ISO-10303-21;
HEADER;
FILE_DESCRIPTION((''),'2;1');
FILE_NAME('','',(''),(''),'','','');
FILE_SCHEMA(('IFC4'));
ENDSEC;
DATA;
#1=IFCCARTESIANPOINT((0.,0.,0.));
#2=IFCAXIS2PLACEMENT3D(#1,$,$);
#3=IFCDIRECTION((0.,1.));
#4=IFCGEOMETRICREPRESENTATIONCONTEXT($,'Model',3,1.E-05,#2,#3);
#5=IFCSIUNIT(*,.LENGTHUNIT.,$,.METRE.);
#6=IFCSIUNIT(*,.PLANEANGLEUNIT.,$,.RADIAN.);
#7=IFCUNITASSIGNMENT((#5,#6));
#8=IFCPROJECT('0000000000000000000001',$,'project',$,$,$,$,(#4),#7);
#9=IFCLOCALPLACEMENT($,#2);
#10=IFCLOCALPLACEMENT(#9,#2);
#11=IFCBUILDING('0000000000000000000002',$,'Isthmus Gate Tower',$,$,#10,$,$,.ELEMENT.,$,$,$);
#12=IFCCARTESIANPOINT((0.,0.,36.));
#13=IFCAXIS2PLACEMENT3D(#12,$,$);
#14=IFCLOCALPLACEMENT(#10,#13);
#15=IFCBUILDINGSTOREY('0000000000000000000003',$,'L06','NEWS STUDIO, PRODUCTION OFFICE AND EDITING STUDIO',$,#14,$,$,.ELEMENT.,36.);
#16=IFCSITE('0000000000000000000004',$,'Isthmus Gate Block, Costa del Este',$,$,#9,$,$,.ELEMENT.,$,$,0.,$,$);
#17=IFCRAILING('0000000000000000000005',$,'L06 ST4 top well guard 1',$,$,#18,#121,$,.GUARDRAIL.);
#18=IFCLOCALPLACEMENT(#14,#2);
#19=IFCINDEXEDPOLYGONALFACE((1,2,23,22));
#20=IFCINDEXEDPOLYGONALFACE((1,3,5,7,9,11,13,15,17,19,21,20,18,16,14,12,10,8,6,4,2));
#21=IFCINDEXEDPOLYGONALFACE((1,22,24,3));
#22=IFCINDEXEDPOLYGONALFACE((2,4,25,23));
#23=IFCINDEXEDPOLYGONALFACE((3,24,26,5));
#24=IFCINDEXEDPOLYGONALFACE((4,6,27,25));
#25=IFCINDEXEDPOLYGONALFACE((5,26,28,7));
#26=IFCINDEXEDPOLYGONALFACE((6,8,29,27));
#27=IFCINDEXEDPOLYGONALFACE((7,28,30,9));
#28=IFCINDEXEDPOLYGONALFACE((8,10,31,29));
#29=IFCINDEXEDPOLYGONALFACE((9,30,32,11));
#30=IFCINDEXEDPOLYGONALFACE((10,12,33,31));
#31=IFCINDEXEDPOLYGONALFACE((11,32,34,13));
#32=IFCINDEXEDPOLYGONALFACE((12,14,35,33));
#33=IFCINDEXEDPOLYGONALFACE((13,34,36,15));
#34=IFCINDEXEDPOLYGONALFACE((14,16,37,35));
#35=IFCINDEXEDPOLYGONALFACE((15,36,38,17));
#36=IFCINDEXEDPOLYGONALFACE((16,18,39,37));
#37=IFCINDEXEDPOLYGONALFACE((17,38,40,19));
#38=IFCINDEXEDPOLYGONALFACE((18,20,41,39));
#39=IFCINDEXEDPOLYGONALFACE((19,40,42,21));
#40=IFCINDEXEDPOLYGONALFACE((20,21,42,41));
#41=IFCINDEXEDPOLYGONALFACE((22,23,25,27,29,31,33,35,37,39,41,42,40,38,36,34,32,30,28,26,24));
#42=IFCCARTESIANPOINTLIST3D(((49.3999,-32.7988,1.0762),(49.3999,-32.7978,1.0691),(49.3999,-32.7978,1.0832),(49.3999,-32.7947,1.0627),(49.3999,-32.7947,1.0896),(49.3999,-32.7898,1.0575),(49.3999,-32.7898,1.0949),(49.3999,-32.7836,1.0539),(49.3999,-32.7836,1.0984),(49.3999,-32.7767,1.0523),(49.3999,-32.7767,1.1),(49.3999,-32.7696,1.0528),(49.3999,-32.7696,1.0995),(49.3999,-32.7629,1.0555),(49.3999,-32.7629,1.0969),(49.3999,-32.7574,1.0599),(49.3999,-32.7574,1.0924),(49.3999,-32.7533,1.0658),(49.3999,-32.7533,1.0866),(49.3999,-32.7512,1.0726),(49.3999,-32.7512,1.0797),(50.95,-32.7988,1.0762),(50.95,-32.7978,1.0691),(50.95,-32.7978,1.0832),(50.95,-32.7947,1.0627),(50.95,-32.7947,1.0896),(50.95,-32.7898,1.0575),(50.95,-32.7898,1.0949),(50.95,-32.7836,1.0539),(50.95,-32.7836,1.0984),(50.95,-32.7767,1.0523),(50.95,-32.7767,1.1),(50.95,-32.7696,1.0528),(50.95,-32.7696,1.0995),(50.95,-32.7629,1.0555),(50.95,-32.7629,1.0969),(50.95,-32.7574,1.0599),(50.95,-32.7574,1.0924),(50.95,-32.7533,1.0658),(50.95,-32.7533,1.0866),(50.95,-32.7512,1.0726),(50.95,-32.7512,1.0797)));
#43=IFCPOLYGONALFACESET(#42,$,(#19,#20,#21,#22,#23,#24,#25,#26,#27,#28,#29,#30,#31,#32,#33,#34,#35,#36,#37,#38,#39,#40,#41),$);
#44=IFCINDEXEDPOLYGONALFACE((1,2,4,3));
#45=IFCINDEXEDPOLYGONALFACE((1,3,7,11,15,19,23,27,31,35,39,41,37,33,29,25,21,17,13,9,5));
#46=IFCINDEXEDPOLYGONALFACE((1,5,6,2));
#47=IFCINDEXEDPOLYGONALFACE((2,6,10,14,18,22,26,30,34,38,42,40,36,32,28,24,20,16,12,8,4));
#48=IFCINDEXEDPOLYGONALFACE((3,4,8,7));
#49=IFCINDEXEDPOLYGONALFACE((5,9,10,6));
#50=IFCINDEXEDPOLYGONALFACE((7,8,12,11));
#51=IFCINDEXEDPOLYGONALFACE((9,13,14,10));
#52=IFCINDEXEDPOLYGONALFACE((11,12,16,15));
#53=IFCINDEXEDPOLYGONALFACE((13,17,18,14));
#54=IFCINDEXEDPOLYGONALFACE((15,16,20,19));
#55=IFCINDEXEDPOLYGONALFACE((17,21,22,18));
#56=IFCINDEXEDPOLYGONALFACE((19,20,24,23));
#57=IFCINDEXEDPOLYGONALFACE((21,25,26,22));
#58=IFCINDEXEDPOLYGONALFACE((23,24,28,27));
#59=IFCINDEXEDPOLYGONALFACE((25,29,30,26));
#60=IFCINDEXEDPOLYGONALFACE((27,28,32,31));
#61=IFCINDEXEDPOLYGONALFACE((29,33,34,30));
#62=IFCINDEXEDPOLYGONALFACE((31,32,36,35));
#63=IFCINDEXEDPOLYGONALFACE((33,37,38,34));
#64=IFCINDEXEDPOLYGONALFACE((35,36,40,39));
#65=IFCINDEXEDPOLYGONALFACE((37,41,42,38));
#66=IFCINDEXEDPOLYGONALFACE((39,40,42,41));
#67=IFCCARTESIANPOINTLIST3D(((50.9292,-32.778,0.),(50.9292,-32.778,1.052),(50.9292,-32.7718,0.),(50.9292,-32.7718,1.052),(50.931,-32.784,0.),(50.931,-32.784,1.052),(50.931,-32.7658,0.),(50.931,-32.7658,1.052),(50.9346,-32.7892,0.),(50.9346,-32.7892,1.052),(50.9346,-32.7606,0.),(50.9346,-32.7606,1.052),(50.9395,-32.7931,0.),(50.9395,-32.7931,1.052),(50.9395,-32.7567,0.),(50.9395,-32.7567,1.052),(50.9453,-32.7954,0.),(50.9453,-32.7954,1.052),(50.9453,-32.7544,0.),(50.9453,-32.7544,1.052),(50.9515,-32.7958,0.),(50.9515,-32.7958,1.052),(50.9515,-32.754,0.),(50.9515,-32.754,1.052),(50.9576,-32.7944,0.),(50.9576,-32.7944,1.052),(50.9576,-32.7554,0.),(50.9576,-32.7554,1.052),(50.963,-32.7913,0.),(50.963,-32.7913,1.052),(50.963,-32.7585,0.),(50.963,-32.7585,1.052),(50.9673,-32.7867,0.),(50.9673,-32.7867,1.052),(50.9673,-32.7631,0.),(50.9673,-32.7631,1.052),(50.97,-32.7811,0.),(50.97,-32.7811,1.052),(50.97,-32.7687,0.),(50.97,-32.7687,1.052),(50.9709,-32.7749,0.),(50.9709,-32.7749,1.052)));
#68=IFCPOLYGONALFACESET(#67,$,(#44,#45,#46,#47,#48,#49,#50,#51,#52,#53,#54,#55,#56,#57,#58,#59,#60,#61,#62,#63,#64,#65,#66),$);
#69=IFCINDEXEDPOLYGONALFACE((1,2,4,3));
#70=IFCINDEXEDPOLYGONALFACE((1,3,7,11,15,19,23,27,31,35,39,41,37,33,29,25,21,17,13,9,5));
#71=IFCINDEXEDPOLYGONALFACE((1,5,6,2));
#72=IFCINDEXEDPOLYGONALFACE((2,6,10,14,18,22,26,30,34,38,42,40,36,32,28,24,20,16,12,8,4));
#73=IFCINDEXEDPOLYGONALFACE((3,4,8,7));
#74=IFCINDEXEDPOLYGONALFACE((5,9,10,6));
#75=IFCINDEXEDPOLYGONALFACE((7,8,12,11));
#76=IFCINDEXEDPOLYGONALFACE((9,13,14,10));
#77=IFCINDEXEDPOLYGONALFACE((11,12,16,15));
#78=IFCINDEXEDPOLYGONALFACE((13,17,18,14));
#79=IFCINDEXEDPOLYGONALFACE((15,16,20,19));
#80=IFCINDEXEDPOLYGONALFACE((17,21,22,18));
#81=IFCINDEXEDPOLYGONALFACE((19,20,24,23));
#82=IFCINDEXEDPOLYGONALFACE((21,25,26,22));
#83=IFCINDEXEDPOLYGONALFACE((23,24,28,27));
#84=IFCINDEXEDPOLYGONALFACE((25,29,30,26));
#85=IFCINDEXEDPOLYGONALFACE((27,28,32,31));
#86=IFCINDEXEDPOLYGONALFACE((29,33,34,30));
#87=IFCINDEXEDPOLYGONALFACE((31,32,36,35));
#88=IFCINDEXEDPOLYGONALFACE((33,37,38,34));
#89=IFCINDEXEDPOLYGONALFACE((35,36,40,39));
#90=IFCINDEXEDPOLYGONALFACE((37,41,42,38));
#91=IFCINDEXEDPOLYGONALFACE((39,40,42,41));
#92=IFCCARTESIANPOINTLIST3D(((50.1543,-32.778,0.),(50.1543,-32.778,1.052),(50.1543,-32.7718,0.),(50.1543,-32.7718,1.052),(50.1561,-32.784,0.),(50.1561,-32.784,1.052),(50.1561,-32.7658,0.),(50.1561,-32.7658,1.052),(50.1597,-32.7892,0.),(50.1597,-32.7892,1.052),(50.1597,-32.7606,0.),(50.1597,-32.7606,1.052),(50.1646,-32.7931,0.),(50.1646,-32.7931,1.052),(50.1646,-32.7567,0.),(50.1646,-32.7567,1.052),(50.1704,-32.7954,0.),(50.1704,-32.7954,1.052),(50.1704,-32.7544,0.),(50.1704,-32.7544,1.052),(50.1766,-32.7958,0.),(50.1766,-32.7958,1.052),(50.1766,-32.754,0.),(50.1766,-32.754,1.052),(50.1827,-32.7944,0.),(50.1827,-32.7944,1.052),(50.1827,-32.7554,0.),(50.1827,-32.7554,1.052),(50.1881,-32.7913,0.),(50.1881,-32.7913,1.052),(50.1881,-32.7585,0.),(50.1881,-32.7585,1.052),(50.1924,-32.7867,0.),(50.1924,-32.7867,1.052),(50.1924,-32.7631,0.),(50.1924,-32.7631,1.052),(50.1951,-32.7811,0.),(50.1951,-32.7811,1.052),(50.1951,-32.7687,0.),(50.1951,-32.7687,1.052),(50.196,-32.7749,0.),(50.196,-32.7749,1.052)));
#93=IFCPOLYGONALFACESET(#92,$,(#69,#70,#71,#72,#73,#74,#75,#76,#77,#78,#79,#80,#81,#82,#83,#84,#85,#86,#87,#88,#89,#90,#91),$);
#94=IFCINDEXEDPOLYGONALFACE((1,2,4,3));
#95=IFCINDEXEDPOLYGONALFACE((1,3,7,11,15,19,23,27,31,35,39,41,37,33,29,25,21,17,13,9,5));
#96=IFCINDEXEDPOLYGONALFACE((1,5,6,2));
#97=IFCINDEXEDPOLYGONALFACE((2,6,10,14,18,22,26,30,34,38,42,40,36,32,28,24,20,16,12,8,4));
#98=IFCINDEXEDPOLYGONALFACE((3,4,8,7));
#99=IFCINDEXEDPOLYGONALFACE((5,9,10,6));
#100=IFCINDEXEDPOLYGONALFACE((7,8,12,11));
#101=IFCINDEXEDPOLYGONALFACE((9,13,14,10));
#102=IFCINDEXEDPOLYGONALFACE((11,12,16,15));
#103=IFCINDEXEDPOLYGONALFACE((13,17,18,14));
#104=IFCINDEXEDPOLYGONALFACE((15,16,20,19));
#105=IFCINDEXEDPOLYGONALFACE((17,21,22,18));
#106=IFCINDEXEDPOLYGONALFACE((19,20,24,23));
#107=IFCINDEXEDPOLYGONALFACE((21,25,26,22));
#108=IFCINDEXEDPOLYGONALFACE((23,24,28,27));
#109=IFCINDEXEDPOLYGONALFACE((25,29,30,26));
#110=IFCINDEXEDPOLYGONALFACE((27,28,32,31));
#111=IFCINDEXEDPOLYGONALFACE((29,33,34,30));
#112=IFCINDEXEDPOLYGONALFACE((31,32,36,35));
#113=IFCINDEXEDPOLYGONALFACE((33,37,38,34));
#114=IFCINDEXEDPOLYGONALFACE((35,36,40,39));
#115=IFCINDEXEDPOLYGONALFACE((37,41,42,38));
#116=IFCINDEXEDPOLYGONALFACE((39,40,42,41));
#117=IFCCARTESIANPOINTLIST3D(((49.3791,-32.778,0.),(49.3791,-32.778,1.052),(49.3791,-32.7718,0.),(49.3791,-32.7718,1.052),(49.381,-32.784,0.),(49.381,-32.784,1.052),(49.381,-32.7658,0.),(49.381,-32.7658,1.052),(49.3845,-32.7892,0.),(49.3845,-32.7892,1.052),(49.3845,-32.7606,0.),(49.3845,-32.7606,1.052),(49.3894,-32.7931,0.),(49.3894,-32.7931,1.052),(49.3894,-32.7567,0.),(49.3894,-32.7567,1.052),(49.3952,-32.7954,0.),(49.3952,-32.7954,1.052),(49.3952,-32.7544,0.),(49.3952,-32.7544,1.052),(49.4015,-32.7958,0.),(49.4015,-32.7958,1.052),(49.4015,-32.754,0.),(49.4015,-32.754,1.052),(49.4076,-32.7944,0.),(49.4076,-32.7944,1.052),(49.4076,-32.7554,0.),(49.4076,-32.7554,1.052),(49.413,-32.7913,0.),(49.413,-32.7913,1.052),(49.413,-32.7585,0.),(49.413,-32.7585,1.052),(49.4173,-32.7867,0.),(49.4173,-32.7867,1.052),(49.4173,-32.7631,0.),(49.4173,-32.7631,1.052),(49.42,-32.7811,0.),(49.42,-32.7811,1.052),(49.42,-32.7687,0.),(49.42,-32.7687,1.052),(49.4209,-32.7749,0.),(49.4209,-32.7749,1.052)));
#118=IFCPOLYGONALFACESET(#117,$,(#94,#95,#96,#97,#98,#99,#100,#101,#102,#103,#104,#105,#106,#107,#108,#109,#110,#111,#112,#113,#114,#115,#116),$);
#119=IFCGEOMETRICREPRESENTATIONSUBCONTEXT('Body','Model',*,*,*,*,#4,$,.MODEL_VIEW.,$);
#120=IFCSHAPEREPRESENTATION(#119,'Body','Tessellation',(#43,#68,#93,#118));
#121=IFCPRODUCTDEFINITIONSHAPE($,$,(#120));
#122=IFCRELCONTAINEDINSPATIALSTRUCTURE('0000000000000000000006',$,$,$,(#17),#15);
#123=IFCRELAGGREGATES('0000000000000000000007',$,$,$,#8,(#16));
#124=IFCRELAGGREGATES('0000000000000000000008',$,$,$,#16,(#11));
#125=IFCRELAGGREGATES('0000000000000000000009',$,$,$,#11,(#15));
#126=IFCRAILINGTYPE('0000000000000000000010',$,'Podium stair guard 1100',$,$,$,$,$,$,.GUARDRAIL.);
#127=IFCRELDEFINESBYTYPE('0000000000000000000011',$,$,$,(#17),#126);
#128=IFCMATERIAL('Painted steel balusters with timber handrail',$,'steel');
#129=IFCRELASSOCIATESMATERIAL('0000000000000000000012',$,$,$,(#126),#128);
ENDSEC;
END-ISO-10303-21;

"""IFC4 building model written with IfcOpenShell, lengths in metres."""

from ifc_helpers import new_model, si_unit, direction, frame, origin, origin_2d, place, context, subcontext, project, spatial, circle, extrude, material, type_object, element, save


model = new_model("IFC4")

# Units and contexts
model_context = context("Model", 3, precision=1e-05, world=origin(), true_north=direction((0.0, 1.0)))
body_context = subcontext(model_context, "Body", "Model", "MODEL_VIEW")
ifc_project = project(units=[si_unit("LENGTHUNIT", "METRE"), si_unit("PLANEANGLEUNIT", "RADIAN")], contexts=[model_context])

# Site, building, storey
site_placement = place(None, origin())
site = spatial("IfcSite", under=ifc_project, at=site_placement, Name="Isthmus Gate Block, Costa del Este", CompositionType="ELEMENT", RefElevation=0.0)
building_placement = place(site_placement, origin())
building = spatial("IfcBuilding", under=site, at=building_placement, Name="Isthmus Gate Tower", CompositionType="ELEMENT")
storey_placement = place(building_placement, frame((0.0, 0.0, 36.0)))
storey = spatial("IfcBuildingStorey", under=building, at=storey_placement, Name="L06", Description="NEWS STUDIO, PRODUCTION OFFICE AND EDITING STUDIO", CompositionType="ELEMENT", Elevation=36.0)

# Railing
ifc_material_1 = material(Name="Painted steel balusters with timber handrail", Category="steel")
railing_type_1 = type_object("IfcRailingType", Name="Podium stair guard 1100", PredefinedType="GUARDRAIL", material=ifc_material_1)
railing_1_placement = place(storey_placement, frame((50.95, -32.7749, 0.0)))
element("IfcRailing", 1, at=railing_1_placement, inside=storey, type_object=railing_type_1, Name="L06 ST4 top well guard 1", PredefinedType="GUARDRAIL", context=body_context, shape_type="SweptSolid", body=[
    extrude(circle(Radius=0.0239, at=origin_2d()), frame((0.0, 0.0, 1.0762), z_axis=(-1.0, 0.0, 0.0), x_axis=(0.0, -1.0, 0.0)), (0.0, 0.0, 1.0), 1.55),
    extrude(circle(Radius=0.021, at=origin_2d()), origin(), (0.0, 0.0, 1.0), 1.052),
    extrude(circle(Radius=0.021, at=origin_2d()), frame((-0.7749, 0.0, 0.0)), (0.0, 0.0, 1.0), 1.052),
    extrude(circle(Radius=0.021, at=origin_2d()), frame((-1.55, 0.0, 0.0)), (0.0, 0.0, 1.0), 1.052),
])

save(model, "model.ifc")
